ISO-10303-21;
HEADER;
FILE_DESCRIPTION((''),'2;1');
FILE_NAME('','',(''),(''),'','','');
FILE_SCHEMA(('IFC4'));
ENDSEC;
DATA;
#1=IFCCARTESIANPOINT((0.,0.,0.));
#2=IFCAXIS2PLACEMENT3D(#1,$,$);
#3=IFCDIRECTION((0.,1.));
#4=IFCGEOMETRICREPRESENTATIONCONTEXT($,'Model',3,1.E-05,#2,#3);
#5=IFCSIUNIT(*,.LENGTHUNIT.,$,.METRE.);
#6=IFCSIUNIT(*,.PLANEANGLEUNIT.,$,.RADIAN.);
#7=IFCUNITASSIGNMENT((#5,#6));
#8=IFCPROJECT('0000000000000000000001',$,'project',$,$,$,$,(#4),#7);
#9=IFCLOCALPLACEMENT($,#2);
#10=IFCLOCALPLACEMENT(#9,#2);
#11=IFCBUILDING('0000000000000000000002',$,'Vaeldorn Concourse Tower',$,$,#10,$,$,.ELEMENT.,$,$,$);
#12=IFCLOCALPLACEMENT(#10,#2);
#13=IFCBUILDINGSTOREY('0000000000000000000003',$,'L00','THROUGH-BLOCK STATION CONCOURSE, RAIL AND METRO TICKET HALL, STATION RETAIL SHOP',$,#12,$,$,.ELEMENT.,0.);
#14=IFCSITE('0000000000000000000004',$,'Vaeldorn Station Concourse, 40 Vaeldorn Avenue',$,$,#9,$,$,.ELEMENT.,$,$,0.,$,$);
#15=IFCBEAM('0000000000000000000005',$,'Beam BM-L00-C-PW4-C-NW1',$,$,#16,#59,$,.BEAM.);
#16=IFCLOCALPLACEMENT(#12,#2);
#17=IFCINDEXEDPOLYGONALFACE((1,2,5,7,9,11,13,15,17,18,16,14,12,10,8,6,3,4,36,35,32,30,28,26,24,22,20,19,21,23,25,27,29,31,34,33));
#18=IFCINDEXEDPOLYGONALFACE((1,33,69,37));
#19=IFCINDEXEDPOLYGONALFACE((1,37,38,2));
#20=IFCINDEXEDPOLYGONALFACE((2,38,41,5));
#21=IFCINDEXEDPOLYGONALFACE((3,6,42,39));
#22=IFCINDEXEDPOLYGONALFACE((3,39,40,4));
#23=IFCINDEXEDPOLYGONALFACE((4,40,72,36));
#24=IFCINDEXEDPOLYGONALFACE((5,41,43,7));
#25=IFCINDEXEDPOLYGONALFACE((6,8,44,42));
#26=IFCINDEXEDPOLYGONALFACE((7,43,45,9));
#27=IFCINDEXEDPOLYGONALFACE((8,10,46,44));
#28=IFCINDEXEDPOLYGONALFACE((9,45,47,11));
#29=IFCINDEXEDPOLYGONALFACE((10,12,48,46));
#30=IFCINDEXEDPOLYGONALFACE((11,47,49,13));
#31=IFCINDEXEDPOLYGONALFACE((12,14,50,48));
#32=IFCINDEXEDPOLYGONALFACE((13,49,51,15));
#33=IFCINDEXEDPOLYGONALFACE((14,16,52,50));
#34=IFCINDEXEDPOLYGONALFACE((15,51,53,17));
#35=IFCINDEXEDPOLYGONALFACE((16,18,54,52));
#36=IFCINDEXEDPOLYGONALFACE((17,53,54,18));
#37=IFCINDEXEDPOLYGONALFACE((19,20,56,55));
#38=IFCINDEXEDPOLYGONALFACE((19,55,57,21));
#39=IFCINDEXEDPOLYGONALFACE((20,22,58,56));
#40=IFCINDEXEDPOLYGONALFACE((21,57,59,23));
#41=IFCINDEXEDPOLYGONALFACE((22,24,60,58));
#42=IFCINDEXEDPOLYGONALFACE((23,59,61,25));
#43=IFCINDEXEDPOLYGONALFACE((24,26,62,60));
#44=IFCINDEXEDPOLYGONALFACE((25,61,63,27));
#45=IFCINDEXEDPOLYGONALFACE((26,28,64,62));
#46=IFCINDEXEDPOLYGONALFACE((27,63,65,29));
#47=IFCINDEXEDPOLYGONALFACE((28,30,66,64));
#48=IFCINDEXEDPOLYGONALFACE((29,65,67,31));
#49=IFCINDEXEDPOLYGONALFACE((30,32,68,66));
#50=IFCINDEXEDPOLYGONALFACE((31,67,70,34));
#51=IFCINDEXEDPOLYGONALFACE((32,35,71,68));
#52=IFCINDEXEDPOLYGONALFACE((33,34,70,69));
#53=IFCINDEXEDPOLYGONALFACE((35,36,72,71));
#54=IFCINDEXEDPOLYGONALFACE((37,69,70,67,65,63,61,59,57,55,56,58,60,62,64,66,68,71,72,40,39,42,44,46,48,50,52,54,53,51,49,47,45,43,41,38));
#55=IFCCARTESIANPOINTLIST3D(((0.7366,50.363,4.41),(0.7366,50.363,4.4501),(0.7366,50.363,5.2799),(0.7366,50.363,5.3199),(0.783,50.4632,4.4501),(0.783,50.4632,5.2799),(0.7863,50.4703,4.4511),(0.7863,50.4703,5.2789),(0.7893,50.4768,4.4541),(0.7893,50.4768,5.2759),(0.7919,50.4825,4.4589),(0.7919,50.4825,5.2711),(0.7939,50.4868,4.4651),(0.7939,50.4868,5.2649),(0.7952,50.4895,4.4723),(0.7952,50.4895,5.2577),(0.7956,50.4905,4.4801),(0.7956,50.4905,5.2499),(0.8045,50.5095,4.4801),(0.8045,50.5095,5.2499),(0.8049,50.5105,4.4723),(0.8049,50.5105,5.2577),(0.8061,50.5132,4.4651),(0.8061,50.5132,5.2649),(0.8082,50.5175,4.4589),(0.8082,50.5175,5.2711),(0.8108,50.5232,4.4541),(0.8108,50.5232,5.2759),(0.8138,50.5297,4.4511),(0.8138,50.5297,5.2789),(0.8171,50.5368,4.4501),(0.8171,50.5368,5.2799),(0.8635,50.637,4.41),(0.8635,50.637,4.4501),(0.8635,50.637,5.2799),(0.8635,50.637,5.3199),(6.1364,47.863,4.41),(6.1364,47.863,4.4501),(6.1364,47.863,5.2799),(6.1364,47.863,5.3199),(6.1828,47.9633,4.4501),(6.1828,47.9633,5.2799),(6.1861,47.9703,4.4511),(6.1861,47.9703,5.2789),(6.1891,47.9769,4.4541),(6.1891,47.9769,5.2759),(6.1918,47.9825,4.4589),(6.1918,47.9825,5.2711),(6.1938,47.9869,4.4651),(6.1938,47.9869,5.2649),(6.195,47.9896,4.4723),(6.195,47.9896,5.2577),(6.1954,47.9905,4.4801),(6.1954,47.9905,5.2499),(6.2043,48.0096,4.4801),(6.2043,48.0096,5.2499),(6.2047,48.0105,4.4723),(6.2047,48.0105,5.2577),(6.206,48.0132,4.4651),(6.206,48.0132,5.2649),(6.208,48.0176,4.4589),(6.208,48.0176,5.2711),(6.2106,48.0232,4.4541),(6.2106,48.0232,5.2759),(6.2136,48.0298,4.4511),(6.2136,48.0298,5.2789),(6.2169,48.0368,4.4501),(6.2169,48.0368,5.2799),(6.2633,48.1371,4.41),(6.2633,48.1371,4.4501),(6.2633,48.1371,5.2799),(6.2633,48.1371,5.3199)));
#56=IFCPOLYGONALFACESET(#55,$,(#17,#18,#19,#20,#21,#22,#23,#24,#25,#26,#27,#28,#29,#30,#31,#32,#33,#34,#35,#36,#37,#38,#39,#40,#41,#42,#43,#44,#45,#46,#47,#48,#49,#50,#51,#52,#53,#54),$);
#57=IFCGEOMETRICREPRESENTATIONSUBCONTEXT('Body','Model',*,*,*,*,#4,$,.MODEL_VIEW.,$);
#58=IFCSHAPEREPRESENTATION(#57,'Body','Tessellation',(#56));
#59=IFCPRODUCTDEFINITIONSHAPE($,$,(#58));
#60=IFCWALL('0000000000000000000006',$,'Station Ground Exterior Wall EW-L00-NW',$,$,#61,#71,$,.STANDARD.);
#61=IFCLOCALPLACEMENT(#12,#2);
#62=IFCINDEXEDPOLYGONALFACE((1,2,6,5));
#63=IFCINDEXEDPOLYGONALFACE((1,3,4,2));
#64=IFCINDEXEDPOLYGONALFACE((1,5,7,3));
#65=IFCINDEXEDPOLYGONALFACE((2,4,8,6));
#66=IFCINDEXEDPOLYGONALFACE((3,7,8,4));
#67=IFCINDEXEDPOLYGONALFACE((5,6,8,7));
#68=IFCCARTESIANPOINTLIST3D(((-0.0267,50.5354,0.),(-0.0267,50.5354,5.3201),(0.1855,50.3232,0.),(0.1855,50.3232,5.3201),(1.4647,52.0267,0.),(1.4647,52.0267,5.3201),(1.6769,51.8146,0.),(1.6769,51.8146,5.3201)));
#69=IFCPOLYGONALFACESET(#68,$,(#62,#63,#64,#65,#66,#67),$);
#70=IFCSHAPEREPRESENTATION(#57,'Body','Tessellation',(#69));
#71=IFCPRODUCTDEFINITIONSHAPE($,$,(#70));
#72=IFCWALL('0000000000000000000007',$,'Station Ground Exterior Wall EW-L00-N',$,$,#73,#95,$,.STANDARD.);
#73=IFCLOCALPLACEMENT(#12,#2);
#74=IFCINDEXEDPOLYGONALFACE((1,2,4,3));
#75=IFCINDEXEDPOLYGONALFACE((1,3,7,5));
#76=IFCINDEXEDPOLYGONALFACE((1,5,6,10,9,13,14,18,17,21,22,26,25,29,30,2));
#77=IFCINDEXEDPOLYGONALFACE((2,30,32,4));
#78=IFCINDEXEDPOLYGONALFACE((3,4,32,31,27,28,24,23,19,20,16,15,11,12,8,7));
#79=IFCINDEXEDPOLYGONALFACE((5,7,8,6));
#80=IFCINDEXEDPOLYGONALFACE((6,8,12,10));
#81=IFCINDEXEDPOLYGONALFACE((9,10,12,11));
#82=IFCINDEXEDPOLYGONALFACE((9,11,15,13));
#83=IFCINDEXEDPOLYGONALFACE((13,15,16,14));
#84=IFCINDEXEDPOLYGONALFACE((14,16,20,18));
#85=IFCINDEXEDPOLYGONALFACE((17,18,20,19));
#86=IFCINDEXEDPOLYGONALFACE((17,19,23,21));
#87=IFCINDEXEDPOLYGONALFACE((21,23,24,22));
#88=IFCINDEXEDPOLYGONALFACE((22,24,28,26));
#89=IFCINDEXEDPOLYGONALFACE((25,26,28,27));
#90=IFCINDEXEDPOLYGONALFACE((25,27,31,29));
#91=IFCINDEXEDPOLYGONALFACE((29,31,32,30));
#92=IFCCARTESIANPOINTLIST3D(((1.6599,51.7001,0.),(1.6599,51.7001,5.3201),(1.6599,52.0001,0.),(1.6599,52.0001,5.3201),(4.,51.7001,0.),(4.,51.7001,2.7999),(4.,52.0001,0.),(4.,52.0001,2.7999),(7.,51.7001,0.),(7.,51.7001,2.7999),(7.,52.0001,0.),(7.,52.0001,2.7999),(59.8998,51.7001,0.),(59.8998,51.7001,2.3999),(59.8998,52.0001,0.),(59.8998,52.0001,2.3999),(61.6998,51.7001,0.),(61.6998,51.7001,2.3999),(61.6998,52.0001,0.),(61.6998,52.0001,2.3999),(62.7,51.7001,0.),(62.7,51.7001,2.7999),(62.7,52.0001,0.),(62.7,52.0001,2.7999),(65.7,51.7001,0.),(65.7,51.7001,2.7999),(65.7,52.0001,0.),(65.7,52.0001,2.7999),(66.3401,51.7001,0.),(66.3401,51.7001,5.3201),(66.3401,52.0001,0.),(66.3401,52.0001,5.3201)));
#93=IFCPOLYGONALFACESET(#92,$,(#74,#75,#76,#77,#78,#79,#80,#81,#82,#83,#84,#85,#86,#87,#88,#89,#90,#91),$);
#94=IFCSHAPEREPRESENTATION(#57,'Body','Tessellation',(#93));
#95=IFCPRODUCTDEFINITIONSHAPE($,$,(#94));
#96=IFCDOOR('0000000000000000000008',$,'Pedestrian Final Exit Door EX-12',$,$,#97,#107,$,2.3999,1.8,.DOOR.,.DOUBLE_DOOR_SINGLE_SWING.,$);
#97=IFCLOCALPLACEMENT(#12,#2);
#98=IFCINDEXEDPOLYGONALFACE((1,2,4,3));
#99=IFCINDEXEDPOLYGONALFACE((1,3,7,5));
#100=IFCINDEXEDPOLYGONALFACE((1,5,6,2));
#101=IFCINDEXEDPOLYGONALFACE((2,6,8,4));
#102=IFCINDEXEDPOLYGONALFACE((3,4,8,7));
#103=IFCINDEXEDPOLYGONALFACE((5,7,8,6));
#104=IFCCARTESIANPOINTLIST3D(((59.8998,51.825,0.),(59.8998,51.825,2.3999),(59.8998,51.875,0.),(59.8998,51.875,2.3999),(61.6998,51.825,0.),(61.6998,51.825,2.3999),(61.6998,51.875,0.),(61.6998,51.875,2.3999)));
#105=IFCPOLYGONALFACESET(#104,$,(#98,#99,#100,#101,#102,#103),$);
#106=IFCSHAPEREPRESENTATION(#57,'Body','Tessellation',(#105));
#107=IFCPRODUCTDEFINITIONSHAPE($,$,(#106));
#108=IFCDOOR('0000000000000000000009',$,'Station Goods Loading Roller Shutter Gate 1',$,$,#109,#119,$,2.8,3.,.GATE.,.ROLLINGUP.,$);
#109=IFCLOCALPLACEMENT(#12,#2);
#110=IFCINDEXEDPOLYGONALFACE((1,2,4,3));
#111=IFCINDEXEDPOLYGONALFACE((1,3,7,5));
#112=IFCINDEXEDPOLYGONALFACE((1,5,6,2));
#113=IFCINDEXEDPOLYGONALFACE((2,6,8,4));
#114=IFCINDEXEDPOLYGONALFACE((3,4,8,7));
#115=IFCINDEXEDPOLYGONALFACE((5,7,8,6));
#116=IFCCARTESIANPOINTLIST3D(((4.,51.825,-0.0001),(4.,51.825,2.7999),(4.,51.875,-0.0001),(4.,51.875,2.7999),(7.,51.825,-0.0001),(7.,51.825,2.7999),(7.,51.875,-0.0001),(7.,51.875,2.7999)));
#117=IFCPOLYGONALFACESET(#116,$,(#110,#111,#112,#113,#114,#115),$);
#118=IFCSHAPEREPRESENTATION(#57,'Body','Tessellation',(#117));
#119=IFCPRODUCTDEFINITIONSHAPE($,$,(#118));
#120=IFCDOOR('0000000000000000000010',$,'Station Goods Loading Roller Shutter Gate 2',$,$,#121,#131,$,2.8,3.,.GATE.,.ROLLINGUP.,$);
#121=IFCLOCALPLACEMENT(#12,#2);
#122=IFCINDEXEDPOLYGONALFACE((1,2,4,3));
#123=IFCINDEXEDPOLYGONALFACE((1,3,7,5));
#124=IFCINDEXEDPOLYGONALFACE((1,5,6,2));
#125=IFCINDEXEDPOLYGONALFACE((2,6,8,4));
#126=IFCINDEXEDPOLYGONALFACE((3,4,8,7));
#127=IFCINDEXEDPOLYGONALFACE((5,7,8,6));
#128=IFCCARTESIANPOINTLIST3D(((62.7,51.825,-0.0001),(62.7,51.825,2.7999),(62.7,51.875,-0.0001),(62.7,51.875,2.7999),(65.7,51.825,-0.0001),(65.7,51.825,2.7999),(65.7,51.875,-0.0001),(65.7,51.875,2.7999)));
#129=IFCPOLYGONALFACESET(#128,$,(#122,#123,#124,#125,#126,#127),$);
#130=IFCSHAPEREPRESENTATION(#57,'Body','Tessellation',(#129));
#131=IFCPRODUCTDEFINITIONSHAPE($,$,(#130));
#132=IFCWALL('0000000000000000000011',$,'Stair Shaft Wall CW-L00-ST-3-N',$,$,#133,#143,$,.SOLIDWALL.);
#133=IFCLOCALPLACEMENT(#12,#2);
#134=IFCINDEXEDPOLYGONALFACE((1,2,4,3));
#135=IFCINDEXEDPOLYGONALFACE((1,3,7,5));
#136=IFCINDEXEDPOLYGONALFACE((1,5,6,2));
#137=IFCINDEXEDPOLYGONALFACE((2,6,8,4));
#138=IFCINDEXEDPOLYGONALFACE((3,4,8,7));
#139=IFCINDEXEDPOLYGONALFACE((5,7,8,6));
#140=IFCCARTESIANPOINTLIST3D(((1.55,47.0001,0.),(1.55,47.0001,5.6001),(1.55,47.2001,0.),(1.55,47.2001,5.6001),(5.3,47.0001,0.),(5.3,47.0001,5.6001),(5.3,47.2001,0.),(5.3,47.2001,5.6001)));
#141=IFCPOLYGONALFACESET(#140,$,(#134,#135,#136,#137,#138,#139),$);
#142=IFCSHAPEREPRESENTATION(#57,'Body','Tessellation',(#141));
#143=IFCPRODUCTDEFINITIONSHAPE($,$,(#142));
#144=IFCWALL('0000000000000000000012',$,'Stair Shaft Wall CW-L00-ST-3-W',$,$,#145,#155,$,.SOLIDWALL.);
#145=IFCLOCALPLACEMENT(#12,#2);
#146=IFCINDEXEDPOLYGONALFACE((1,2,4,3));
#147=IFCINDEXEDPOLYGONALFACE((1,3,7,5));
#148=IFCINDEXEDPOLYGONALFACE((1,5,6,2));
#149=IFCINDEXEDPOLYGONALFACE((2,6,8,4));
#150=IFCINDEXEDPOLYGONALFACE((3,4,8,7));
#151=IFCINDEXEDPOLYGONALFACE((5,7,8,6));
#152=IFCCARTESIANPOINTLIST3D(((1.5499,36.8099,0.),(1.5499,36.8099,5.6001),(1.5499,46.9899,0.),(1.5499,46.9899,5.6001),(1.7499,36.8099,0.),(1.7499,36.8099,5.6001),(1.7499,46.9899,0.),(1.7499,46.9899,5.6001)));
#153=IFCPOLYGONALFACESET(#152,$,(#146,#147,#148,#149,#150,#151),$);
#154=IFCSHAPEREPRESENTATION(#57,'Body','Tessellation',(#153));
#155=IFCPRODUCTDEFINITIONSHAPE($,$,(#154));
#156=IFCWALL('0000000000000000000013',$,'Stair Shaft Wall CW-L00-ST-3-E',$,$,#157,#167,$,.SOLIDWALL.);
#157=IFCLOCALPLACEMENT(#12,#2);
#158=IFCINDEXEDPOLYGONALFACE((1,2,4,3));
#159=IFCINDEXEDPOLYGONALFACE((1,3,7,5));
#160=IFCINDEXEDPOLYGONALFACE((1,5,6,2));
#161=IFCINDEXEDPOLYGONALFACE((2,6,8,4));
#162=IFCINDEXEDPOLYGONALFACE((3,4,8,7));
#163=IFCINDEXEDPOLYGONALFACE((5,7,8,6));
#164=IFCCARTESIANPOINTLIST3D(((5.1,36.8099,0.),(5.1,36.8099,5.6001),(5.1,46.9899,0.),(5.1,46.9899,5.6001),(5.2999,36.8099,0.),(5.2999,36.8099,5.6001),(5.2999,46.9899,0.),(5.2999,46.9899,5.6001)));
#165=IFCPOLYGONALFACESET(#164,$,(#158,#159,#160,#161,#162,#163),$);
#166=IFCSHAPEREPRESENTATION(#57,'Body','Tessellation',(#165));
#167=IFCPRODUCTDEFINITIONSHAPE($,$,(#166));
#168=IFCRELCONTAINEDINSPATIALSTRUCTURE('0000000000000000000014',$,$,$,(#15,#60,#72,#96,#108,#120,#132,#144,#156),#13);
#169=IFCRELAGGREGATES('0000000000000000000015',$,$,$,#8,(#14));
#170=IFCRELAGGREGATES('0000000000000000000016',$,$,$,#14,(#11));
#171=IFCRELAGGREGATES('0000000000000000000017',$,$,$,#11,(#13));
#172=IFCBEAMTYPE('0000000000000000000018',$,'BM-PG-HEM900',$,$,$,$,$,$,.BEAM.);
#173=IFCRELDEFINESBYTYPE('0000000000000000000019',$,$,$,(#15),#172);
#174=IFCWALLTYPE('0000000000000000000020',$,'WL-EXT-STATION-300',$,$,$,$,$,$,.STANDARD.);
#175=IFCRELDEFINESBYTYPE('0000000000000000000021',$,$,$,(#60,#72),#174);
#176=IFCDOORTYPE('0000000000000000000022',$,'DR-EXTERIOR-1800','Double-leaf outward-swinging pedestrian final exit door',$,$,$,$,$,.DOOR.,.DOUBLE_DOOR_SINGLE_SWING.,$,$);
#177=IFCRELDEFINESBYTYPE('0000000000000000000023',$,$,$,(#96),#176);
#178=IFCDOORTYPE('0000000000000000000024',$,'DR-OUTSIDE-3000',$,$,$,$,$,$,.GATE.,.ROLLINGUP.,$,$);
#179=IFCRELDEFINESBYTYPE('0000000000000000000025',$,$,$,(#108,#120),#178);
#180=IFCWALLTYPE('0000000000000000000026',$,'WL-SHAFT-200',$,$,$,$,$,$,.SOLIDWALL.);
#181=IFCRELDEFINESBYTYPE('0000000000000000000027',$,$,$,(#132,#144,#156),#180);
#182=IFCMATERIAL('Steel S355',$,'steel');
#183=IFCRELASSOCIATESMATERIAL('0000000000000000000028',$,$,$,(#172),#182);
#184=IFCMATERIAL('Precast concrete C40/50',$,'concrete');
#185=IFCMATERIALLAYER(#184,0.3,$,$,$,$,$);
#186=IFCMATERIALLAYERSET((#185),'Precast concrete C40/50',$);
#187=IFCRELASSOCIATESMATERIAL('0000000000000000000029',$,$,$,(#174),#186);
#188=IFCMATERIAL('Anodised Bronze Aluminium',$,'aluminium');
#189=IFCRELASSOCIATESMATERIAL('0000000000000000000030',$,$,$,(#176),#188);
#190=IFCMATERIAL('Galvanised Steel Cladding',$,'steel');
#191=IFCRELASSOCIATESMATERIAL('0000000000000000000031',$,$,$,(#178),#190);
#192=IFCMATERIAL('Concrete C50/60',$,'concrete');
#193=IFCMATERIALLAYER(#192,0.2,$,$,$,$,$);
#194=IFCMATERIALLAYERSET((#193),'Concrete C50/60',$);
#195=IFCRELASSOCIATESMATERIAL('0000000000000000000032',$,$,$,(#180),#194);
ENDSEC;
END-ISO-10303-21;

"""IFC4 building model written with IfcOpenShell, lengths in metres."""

from ifc_helpers import new_model, si_unit, direction, frame, frame_2d, origin, origin_2d, place, context, subcontext, project, spatial, rectangle, i_section, extrude, source, transform, mapped, material, layer, layer_set, material_profile, profile_set, type_object, element, fill, save


model = new_model("IFC4")

# Units and contexts
model_context = context("Model", 3, precision=1e-05, world=origin(), true_north=direction((0.0, 1.0)))
body_context = subcontext(model_context, "Body", "Model", "MODEL_VIEW")
ifc_project = project(units=[si_unit("LENGTHUNIT", "METRE"), si_unit("PLANEANGLEUNIT", "RADIAN")], contexts=[model_context])

# Site, building, storey
site_placement = place(None, origin())
site = spatial("IfcSite", under=ifc_project, at=site_placement, Name="Vaeldorn Station Concourse, 40 Vaeldorn Avenue", CompositionType="ELEMENT", RefElevation=0.0)
building_placement = place(site_placement, origin())
building = spatial("IfcBuilding", under=site, at=building_placement, Name="Vaeldorn Concourse Tower", CompositionType="ELEMENT")
storey_placement = place(building_placement, origin())
storey = spatial("IfcBuildingStorey", under=building, at=storey_placement, Name="L00", Description="THROUGH-BLOCK STATION CONCOURSE, RAIL AND METRO TICKET HALL, STATION RETAIL SHOP", CompositionType="ELEMENT", Elevation=0.0)

# Beam
ifc_material_1 = material(Name="Steel S355", Category="steel")
ifc_material_profile_1 = material_profile(ifc_material_1, i_section(OverallWidth=0.302, OverallDepth=0.9099, WebThickness=0.021, FlangeThickness=0.04, FilletRadius=0.03, at=origin_2d()), Name="HEM 900")
ifc_profile_set_1 = profile_set([ifc_material_profile_1], Name="Steel S355")
beam_type_1 = type_object("IfcBeamType", Name="BM-PG-HEM900", PredefinedType="BEAM", material=ifc_profile_set_1)
shared_shape_1 = source(origin(), body_context, "Body", "SweptSolid", [
    extrude(i_section(OverallWidth=0.302, OverallDepth=0.9099, WebThickness=0.021, FlangeThickness=0.04, FilletRadius=0.03, at=origin_2d()), origin(), (0.0, 0.0, 1.0), 5.9504),
])
beam_1_placement = place(storey_placement, frame((0.8, 50.5, 4.865), z_axis=(0.907464, -0.42013, 0.0), x_axis=(0.42013, 0.907464, 0.0)))
element("IfcBeam", 1, at=beam_1_placement, inside=storey, type_object=beam_type_1, Name="Beam BM-L00-C-PW4-C-NW1", PredefinedType="BEAM", context=body_context, shape_type="MappedRepresentation", body=[
    mapped(shared_shape_1, transform((0.0, 0.0, 0.0), scale=1.0)),
])

# Wall
ifc_material_2 = material(Name="Precast concrete C40/50", Category="concrete")
ifc_layer_1 = layer(ifc_material_2, 0.3)
ifc_layer_set_1 = layer_set([ifc_layer_1], Name="Precast concrete C40/50")
wall_type_1 = type_object("IfcWallType", Name="WL-EXT-STATION-300", PredefinedType="STANDARD", material=ifc_layer_set_1)
wall_1_placement = place(storey_placement, frame((0.0793, 50.4292, 0.0), z_axis=(0.0, 0.0, 1.0), x_axis=(0.707107, 0.707107, 0.0)))
element("IfcWall", 2, at=wall_1_placement, inside=storey, type_object=wall_type_1, Name="Station Ground Exterior Wall EW-L00-NW", PredefinedType="STANDARD", context=body_context, shape_type="SweptSolid", body=[
    extrude(rectangle(XDim=2.1091, YDim=0.3, at=frame_2d((1.0547, 0.0))), origin(), (0.0, 0.0, 1.0), 5.3201),
])

# Wall, openings, doors
wall_2_placement = place(storey_placement, frame((1.6599, 51.8501, 0.0), z_axis=(0.0, 0.0, 1.0), x_axis=(1.0, 0.0, 0.0)))
wall_2 = element("IfcWall", 3, at=wall_2_placement, inside=storey, type_object=wall_type_1, Name="Station Ground Exterior Wall EW-L00-N", PredefinedType="STANDARD", context=body_context, shape_type="SweptSolid", body=[
    extrude(rectangle(XDim=64.6802, YDim=0.3, at=frame_2d((32.3401, 0.0))), origin(), (0.0, 0.0, 1.0), 5.3201),
])
opening_1_placement = place(wall_2_placement, frame((58.24, 0.0, 0.0)))
opening_1 = element("IfcOpeningElement", 4, at=opening_1_placement, cuts=wall_2, PredefinedType="OPENING", context=body_context, shape_type="SweptSolid", body=[
    extrude(rectangle(XDim=1.8, YDim=2.3999, at=frame_2d((0.8999, 1.2))), frame((0.0, 0.1602, 0.0), z_axis=(0.0, -1.0, 0.0), x_axis=(1.0, 0.0, 0.0)), (0.0, 0.0, 1.0), 0.3201),
])
opening_2_placement = place(wall_2_placement, frame((2.3401, 0.0, 0.0)))
opening_2 = element("IfcOpeningElement", 5, at=opening_2_placement, cuts=wall_2, PredefinedType="OPENING", context=body_context, shape_type="SweptSolid", body=[
    extrude(rectangle(XDim=3.0, YDim=2.8, at=frame_2d((1.5, 1.3999))), frame((0.0, 0.1602, 0.0), z_axis=(0.0, -1.0, 0.0), x_axis=(1.0, 0.0, 0.0)), (0.0, 0.0, 1.0), 0.3201),
])
opening_3_placement = place(wall_2_placement, frame((61.04, 0.0, 0.0)))
opening_3 = element("IfcOpeningElement", 6, at=opening_3_placement, cuts=wall_2, PredefinedType="OPENING", context=body_context, shape_type="SweptSolid", body=[
    extrude(rectangle(XDim=3.0, YDim=2.8, at=frame_2d((1.5, 1.3999))), frame((0.0, 0.1602, 0.0), z_axis=(0.0, -1.0, 0.0), x_axis=(1.0, 0.0, 0.0)), (0.0, 0.0, 1.0), 0.3201),
])
ifc_material_3 = material(Name="Anodised Bronze Aluminium", Category="aluminium")
door_type_1 = type_object("IfcDoorType", Name="DR-EXTERIOR-1800", Description="Double-leaf outward-swinging pedestrian final exit door", OperationType="DOUBLE_DOOR_SINGLE_SWING", PredefinedType="DOOR", material=ifc_material_3)
shared_shape_2 = source(origin(), body_context, "Body", "SweptSolid", [
    extrude(rectangle(XDim=1.8, YDim=2.3999, at=frame_2d((0.8999, 1.2))), frame((0.0, 0.0249, 0.0), z_axis=(0.0, -1.0, 0.0), x_axis=(1.0, 0.0, 0.0)), (0.0, 0.0, 1.0), 0.05),
])
door_1_placement = place(opening_1_placement, origin())
door_1 = element("IfcDoor", 7, at=door_1_placement, inside=storey, type_object=door_type_1, Name="Pedestrian Final Exit Door EX-12", OperationType="DOUBLE_DOOR_SINGLE_SWING", OverallHeight=2.3999, OverallWidth=1.8, PredefinedType="DOOR", context=body_context, shape_type="MappedRepresentation", body=[
    mapped(shared_shape_2, transform((0.0, 0.0, 0.0), scale=1.0)),
])
fill(opening_1, door_1)
ifc_material_4 = material(Name="Galvanised Steel Cladding", Category="steel")
door_type_2 = type_object("IfcDoorType", Name="DR-OUTSIDE-3000", OperationType="ROLLINGUP", PredefinedType="GATE", material=ifc_material_4)
shared_shape_3 = source(origin(), body_context, "Body", "SweptSolid", [
    extrude(rectangle(XDim=3.0, YDim=2.8, at=frame_2d((1.5, 1.3999))), frame((0.0, 0.0249, 0.0), z_axis=(0.0, -1.0, 0.0), x_axis=(1.0, 0.0, 0.0)), (0.0, 0.0, 1.0), 0.05),
])
door_2_placement = place(opening_2_placement, origin())
door_2 = element("IfcDoor", 8, at=door_2_placement, inside=storey, type_object=door_type_2, Name="Station Goods Loading Roller Shutter Gate 1", OperationType="ROLLINGUP", OverallHeight=2.8, OverallWidth=3.0, PredefinedType="GATE", context=body_context, shape_type="MappedRepresentation", body=[
    mapped(shared_shape_3, transform((0.0, 0.0, 0.0), scale=1.0)),
])
fill(opening_2, door_2)
door_3_placement = place(opening_3_placement, origin())
door_3 = element("IfcDoor", 9, at=door_3_placement, inside=storey, type_object=door_type_2, Name="Station Goods Loading Roller Shutter Gate 2", OperationType="ROLLINGUP", OverallHeight=2.8, OverallWidth=3.0, PredefinedType="GATE", context=body_context, shape_type="MappedRepresentation", body=[
    mapped(shared_shape_3, transform((0.0, 0.0, 0.0), scale=1.0)),
])
fill(opening_3, door_3)

# Shared definitions
ifc_material_5 = material(Name="Concrete C50/60", Category="concrete")
ifc_layer_2 = layer(ifc_material_5, 0.2)
ifc_layer_set_2 = layer_set([ifc_layer_2], Name="Concrete C50/60")
wall_type_2 = type_object("IfcWallType", Name="WL-SHAFT-200", PredefinedType="SOLIDWALL", material=ifc_layer_set_2)

# Walls
wall_3_placement = place(storey_placement, frame((1.55, 47.1001, 0.0), z_axis=(0.0, 0.0, 1.0), x_axis=(1.0, 0.0, 0.0)))
element("IfcWall", 10, at=wall_3_placement, inside=storey, type_object=wall_type_2, Name="Stair Shaft Wall CW-L00-ST-3-N", PredefinedType="SOLIDWALL", context=body_context, shape_type="SweptSolid", body=[
    extrude(rectangle(XDim=3.75, YDim=0.2, at=frame_2d((1.875, 0.0))), origin(), (0.0, 0.0, 1.0), 5.6001),
])
for number, where, z_axis, x_axis, name in (
    (11, (1.6499, 36.8101, 0.0), (0.0, 0.0, 1.0), (0.0, 1.0, 0.0), "Stair Shaft Wall CW-L00-ST-3-W"),
    (12, (5.2, 36.8101, 0.0), (0.0, 0.0, 1.0), (0.0, 1.0, 0.0), "Stair Shaft Wall CW-L00-ST-3-E"),
):
    element("IfcWall", number, at=place(storey_placement, frame(where, z_axis=z_axis, x_axis=x_axis)), inside=storey, type_object=wall_type_2, Name=name, PredefinedType="SOLIDWALL", context=body_context, shape_type="SweptSolid", body=[
        extrude(rectangle(XDim=10.1799, YDim=0.2, at=frame_2d((5.0898, 0.0))), origin(), (0.0, 0.0, 1.0), 5.6001),
    ])

save(model, "model.ifc")
